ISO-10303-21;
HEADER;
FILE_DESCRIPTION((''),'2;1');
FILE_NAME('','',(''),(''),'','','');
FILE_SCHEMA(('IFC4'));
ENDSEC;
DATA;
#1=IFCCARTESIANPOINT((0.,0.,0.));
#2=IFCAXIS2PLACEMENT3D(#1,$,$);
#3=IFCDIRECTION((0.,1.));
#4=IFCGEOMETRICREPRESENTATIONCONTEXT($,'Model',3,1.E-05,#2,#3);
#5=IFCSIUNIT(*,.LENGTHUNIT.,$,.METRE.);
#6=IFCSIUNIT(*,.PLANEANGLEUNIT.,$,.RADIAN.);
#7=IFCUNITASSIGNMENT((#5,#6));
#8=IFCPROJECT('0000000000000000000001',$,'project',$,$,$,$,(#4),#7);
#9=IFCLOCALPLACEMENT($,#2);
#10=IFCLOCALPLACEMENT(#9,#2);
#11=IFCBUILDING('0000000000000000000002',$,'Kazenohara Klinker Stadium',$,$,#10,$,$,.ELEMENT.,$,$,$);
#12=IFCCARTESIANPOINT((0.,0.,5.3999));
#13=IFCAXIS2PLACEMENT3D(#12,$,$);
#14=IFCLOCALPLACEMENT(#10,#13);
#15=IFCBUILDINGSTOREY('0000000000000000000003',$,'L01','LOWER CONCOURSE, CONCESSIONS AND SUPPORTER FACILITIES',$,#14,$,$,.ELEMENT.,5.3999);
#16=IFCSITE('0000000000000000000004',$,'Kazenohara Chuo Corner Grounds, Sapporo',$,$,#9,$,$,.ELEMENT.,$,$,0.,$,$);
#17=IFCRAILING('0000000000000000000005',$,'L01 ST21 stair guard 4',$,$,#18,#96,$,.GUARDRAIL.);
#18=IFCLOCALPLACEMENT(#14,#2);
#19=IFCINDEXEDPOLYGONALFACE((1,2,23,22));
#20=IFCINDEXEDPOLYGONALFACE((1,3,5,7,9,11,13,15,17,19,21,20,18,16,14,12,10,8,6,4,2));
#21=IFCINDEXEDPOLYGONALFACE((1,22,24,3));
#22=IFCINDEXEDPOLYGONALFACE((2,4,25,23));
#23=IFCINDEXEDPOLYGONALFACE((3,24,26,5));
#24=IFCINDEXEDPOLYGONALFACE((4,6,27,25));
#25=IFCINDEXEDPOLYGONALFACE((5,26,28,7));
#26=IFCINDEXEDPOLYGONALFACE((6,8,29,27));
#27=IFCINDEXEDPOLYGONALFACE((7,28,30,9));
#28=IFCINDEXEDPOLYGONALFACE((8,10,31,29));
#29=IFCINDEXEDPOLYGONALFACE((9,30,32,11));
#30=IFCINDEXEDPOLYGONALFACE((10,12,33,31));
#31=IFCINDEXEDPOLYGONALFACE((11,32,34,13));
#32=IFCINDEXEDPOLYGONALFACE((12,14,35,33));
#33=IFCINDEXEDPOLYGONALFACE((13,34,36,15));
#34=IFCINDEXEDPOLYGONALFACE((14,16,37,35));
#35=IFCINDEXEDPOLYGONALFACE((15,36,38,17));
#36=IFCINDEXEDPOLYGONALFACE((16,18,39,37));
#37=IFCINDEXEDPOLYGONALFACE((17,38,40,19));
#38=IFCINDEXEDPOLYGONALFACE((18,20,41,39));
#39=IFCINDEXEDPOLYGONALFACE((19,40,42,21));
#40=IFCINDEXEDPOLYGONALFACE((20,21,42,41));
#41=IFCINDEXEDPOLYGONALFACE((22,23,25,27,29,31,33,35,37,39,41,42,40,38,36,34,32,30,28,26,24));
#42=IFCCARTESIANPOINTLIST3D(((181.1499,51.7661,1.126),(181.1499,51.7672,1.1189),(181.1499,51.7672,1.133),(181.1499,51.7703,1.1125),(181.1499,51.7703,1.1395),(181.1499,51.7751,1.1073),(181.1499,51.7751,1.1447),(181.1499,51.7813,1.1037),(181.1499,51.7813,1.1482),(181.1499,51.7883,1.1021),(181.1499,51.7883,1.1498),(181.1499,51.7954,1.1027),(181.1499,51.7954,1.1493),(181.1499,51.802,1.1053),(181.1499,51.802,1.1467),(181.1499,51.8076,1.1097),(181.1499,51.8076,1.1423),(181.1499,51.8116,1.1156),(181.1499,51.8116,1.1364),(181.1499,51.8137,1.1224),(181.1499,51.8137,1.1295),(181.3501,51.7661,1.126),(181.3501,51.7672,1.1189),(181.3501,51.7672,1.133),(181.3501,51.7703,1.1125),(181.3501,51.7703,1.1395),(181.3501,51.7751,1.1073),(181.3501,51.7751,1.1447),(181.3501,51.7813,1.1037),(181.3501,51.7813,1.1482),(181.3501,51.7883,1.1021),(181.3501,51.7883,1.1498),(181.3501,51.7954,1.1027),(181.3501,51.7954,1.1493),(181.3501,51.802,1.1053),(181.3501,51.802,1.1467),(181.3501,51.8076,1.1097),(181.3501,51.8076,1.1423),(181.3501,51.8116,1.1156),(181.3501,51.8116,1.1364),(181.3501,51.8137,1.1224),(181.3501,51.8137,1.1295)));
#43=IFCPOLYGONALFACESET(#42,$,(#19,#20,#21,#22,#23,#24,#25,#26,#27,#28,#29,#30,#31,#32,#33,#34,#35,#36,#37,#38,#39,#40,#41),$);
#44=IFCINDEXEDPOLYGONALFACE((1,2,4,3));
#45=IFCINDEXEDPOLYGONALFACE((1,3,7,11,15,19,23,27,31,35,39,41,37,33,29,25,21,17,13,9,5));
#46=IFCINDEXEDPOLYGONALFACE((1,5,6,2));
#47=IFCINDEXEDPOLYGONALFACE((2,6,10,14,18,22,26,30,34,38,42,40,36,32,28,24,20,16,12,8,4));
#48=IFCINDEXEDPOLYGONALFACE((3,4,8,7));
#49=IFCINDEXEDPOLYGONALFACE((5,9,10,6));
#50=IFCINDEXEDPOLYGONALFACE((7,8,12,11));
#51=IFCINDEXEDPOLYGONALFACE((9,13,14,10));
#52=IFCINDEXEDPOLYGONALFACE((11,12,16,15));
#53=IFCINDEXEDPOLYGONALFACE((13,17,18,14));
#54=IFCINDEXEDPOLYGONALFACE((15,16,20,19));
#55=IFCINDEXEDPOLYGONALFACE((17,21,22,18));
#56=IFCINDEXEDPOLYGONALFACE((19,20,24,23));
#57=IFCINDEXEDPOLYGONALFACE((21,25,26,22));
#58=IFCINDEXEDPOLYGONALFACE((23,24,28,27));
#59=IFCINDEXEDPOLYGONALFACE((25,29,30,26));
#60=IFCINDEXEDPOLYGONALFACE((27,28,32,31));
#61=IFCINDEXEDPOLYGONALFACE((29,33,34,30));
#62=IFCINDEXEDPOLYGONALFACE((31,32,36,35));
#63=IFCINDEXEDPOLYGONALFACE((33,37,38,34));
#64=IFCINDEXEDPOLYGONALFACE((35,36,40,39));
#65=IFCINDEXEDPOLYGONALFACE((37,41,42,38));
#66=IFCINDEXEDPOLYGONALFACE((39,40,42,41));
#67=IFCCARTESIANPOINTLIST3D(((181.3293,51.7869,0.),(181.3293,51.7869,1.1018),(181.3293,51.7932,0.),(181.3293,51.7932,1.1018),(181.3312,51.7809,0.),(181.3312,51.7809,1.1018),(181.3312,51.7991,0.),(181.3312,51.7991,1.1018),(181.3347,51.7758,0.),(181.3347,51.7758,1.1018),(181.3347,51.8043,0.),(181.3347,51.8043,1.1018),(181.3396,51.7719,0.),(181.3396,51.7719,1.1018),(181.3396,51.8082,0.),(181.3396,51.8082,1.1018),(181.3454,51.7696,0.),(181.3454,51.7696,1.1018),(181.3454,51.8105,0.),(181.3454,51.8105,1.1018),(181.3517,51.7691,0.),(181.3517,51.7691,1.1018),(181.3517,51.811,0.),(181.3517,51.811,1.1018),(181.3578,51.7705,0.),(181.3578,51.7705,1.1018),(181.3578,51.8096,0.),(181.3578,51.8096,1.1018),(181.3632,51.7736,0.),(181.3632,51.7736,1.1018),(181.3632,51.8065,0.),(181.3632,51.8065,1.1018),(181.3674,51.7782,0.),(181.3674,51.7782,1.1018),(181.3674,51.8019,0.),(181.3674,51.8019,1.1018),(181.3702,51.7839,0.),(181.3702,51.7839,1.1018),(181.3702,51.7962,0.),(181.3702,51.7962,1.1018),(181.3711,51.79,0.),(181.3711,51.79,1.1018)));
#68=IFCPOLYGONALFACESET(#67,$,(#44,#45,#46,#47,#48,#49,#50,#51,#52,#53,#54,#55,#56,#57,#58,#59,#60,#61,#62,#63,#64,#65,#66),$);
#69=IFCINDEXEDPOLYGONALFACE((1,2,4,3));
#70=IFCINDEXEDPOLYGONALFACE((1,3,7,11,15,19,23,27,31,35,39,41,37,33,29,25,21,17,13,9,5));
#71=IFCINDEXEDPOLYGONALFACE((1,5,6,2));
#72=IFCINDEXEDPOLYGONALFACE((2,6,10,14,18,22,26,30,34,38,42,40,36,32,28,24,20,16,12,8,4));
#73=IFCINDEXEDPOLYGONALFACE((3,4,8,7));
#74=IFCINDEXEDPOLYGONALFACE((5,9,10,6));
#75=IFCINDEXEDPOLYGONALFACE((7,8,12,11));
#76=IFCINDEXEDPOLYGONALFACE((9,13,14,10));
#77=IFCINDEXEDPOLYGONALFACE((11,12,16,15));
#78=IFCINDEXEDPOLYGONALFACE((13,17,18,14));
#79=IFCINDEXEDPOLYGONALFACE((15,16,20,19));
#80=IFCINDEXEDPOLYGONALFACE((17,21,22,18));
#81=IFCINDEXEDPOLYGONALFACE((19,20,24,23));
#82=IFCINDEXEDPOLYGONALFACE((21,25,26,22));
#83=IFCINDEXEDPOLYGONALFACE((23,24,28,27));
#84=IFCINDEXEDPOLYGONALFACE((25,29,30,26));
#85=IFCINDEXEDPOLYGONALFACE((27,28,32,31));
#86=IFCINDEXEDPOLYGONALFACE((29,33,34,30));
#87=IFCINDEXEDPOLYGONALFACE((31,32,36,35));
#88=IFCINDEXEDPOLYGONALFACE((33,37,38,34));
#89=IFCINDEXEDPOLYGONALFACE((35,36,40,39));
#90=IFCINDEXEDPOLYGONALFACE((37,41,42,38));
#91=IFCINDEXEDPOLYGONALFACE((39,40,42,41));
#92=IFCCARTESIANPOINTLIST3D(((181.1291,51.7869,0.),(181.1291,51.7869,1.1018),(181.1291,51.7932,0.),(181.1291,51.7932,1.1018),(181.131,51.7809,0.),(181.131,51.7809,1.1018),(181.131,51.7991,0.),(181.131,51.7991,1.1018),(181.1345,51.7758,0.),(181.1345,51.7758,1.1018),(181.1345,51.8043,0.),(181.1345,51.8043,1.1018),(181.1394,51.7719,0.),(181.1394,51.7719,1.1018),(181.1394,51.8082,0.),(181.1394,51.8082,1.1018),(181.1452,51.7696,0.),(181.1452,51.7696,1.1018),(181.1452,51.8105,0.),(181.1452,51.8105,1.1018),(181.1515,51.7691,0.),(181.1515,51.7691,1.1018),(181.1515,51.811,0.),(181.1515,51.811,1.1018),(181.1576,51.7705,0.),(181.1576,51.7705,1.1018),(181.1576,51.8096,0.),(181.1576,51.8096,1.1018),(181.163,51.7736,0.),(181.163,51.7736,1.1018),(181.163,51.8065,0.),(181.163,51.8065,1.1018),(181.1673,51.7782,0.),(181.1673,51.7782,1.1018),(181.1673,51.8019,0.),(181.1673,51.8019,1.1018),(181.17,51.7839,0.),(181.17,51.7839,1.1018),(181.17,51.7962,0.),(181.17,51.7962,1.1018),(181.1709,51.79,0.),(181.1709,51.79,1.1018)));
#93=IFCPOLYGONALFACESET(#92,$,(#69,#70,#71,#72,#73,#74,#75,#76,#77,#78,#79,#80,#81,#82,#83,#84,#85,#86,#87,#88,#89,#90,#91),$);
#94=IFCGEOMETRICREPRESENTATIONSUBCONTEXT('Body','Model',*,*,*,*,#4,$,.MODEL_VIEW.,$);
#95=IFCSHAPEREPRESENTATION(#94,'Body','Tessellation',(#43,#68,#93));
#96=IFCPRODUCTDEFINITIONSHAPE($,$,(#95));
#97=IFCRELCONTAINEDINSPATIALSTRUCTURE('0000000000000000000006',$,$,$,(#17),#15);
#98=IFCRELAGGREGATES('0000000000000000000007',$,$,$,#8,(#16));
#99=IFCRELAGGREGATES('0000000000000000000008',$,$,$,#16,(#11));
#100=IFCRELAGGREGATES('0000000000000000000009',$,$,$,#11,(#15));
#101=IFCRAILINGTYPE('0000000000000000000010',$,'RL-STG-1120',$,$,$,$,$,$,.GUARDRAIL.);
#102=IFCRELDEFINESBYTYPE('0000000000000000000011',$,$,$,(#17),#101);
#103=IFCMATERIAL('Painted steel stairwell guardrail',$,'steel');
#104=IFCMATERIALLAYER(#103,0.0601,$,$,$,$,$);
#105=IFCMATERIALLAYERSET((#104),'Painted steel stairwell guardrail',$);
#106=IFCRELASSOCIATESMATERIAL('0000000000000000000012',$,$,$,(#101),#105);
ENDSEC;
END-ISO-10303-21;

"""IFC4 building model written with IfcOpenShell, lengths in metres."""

from ifc_helpers import new_model, si_unit, direction, frame, origin, origin_2d, place, context, subcontext, project, spatial, circle, extrude, material, layer, layer_set, type_object, element, save


model = new_model("IFC4")

# Units and contexts
model_context = context("Model", 3, precision=1e-05, world=origin(), true_north=direction((0.0, 1.0)))
body_context = subcontext(model_context, "Body", "Model", "MODEL_VIEW")
ifc_project = project(units=[si_unit("LENGTHUNIT", "METRE"), si_unit("PLANEANGLEUNIT", "RADIAN")], contexts=[model_context])

# Site, building, storey
site_placement = place(None, origin())
site = spatial("IfcSite", under=ifc_project, at=site_placement, Name="Kazenohara Chuo Corner Grounds, Sapporo", CompositionType="ELEMENT", RefElevation=0.0)
building_placement = place(site_placement, origin())
building = spatial("IfcBuilding", under=site, at=building_placement, Name="Kazenohara Klinker Stadium", CompositionType="ELEMENT")
storey_placement = place(building_placement, frame((0.0, 0.0, 5.3999)))
storey = spatial("IfcBuildingStorey", under=building, at=storey_placement, Name="L01", Description="LOWER CONCOURSE, CONCESSIONS AND SUPPORTER FACILITIES", CompositionType="ELEMENT", Elevation=5.3999)

# Railing
ifc_material_1 = material(Name="Painted steel stairwell guardrail", Category="steel")
ifc_layer_1 = layer(ifc_material_1, 0.0601)
ifc_layer_set_1 = layer_set([ifc_layer_1], Name="Painted steel stairwell guardrail")
railing_type_1 = type_object("IfcRailingType", Name="RL-STG-1120", PredefinedType="GUARDRAIL", material=ifc_layer_set_1)
railing_1_placement = place(storey_placement, frame((181.3501, 51.79, 0.0)))
element("IfcRailing", 1, at=railing_1_placement, inside=storey, type_object=railing_type_1, Name="L01 ST21 stair guard 4", PredefinedType="GUARDRAIL", context=body_context, shape_type="SweptSolid", body=[
    extrude(circle(Radius=0.0239, at=origin_2d()), frame((0.0, 0.0, 1.126), z_axis=(-1.0, 0.0, 0.0), x_axis=(0.0, -1.0, 0.0)), (0.0, 0.0, 1.0), 0.2002),
    extrude(circle(Radius=0.021, at=origin_2d()), origin(), (0.0, 0.0, 1.0), 1.1018),
    extrude(circle(Radius=0.021, at=origin_2d()), frame((-0.2002, 0.0, 0.0)), (0.0, 0.0, 1.0), 1.1018),
])

save(model, "model.ifc")
